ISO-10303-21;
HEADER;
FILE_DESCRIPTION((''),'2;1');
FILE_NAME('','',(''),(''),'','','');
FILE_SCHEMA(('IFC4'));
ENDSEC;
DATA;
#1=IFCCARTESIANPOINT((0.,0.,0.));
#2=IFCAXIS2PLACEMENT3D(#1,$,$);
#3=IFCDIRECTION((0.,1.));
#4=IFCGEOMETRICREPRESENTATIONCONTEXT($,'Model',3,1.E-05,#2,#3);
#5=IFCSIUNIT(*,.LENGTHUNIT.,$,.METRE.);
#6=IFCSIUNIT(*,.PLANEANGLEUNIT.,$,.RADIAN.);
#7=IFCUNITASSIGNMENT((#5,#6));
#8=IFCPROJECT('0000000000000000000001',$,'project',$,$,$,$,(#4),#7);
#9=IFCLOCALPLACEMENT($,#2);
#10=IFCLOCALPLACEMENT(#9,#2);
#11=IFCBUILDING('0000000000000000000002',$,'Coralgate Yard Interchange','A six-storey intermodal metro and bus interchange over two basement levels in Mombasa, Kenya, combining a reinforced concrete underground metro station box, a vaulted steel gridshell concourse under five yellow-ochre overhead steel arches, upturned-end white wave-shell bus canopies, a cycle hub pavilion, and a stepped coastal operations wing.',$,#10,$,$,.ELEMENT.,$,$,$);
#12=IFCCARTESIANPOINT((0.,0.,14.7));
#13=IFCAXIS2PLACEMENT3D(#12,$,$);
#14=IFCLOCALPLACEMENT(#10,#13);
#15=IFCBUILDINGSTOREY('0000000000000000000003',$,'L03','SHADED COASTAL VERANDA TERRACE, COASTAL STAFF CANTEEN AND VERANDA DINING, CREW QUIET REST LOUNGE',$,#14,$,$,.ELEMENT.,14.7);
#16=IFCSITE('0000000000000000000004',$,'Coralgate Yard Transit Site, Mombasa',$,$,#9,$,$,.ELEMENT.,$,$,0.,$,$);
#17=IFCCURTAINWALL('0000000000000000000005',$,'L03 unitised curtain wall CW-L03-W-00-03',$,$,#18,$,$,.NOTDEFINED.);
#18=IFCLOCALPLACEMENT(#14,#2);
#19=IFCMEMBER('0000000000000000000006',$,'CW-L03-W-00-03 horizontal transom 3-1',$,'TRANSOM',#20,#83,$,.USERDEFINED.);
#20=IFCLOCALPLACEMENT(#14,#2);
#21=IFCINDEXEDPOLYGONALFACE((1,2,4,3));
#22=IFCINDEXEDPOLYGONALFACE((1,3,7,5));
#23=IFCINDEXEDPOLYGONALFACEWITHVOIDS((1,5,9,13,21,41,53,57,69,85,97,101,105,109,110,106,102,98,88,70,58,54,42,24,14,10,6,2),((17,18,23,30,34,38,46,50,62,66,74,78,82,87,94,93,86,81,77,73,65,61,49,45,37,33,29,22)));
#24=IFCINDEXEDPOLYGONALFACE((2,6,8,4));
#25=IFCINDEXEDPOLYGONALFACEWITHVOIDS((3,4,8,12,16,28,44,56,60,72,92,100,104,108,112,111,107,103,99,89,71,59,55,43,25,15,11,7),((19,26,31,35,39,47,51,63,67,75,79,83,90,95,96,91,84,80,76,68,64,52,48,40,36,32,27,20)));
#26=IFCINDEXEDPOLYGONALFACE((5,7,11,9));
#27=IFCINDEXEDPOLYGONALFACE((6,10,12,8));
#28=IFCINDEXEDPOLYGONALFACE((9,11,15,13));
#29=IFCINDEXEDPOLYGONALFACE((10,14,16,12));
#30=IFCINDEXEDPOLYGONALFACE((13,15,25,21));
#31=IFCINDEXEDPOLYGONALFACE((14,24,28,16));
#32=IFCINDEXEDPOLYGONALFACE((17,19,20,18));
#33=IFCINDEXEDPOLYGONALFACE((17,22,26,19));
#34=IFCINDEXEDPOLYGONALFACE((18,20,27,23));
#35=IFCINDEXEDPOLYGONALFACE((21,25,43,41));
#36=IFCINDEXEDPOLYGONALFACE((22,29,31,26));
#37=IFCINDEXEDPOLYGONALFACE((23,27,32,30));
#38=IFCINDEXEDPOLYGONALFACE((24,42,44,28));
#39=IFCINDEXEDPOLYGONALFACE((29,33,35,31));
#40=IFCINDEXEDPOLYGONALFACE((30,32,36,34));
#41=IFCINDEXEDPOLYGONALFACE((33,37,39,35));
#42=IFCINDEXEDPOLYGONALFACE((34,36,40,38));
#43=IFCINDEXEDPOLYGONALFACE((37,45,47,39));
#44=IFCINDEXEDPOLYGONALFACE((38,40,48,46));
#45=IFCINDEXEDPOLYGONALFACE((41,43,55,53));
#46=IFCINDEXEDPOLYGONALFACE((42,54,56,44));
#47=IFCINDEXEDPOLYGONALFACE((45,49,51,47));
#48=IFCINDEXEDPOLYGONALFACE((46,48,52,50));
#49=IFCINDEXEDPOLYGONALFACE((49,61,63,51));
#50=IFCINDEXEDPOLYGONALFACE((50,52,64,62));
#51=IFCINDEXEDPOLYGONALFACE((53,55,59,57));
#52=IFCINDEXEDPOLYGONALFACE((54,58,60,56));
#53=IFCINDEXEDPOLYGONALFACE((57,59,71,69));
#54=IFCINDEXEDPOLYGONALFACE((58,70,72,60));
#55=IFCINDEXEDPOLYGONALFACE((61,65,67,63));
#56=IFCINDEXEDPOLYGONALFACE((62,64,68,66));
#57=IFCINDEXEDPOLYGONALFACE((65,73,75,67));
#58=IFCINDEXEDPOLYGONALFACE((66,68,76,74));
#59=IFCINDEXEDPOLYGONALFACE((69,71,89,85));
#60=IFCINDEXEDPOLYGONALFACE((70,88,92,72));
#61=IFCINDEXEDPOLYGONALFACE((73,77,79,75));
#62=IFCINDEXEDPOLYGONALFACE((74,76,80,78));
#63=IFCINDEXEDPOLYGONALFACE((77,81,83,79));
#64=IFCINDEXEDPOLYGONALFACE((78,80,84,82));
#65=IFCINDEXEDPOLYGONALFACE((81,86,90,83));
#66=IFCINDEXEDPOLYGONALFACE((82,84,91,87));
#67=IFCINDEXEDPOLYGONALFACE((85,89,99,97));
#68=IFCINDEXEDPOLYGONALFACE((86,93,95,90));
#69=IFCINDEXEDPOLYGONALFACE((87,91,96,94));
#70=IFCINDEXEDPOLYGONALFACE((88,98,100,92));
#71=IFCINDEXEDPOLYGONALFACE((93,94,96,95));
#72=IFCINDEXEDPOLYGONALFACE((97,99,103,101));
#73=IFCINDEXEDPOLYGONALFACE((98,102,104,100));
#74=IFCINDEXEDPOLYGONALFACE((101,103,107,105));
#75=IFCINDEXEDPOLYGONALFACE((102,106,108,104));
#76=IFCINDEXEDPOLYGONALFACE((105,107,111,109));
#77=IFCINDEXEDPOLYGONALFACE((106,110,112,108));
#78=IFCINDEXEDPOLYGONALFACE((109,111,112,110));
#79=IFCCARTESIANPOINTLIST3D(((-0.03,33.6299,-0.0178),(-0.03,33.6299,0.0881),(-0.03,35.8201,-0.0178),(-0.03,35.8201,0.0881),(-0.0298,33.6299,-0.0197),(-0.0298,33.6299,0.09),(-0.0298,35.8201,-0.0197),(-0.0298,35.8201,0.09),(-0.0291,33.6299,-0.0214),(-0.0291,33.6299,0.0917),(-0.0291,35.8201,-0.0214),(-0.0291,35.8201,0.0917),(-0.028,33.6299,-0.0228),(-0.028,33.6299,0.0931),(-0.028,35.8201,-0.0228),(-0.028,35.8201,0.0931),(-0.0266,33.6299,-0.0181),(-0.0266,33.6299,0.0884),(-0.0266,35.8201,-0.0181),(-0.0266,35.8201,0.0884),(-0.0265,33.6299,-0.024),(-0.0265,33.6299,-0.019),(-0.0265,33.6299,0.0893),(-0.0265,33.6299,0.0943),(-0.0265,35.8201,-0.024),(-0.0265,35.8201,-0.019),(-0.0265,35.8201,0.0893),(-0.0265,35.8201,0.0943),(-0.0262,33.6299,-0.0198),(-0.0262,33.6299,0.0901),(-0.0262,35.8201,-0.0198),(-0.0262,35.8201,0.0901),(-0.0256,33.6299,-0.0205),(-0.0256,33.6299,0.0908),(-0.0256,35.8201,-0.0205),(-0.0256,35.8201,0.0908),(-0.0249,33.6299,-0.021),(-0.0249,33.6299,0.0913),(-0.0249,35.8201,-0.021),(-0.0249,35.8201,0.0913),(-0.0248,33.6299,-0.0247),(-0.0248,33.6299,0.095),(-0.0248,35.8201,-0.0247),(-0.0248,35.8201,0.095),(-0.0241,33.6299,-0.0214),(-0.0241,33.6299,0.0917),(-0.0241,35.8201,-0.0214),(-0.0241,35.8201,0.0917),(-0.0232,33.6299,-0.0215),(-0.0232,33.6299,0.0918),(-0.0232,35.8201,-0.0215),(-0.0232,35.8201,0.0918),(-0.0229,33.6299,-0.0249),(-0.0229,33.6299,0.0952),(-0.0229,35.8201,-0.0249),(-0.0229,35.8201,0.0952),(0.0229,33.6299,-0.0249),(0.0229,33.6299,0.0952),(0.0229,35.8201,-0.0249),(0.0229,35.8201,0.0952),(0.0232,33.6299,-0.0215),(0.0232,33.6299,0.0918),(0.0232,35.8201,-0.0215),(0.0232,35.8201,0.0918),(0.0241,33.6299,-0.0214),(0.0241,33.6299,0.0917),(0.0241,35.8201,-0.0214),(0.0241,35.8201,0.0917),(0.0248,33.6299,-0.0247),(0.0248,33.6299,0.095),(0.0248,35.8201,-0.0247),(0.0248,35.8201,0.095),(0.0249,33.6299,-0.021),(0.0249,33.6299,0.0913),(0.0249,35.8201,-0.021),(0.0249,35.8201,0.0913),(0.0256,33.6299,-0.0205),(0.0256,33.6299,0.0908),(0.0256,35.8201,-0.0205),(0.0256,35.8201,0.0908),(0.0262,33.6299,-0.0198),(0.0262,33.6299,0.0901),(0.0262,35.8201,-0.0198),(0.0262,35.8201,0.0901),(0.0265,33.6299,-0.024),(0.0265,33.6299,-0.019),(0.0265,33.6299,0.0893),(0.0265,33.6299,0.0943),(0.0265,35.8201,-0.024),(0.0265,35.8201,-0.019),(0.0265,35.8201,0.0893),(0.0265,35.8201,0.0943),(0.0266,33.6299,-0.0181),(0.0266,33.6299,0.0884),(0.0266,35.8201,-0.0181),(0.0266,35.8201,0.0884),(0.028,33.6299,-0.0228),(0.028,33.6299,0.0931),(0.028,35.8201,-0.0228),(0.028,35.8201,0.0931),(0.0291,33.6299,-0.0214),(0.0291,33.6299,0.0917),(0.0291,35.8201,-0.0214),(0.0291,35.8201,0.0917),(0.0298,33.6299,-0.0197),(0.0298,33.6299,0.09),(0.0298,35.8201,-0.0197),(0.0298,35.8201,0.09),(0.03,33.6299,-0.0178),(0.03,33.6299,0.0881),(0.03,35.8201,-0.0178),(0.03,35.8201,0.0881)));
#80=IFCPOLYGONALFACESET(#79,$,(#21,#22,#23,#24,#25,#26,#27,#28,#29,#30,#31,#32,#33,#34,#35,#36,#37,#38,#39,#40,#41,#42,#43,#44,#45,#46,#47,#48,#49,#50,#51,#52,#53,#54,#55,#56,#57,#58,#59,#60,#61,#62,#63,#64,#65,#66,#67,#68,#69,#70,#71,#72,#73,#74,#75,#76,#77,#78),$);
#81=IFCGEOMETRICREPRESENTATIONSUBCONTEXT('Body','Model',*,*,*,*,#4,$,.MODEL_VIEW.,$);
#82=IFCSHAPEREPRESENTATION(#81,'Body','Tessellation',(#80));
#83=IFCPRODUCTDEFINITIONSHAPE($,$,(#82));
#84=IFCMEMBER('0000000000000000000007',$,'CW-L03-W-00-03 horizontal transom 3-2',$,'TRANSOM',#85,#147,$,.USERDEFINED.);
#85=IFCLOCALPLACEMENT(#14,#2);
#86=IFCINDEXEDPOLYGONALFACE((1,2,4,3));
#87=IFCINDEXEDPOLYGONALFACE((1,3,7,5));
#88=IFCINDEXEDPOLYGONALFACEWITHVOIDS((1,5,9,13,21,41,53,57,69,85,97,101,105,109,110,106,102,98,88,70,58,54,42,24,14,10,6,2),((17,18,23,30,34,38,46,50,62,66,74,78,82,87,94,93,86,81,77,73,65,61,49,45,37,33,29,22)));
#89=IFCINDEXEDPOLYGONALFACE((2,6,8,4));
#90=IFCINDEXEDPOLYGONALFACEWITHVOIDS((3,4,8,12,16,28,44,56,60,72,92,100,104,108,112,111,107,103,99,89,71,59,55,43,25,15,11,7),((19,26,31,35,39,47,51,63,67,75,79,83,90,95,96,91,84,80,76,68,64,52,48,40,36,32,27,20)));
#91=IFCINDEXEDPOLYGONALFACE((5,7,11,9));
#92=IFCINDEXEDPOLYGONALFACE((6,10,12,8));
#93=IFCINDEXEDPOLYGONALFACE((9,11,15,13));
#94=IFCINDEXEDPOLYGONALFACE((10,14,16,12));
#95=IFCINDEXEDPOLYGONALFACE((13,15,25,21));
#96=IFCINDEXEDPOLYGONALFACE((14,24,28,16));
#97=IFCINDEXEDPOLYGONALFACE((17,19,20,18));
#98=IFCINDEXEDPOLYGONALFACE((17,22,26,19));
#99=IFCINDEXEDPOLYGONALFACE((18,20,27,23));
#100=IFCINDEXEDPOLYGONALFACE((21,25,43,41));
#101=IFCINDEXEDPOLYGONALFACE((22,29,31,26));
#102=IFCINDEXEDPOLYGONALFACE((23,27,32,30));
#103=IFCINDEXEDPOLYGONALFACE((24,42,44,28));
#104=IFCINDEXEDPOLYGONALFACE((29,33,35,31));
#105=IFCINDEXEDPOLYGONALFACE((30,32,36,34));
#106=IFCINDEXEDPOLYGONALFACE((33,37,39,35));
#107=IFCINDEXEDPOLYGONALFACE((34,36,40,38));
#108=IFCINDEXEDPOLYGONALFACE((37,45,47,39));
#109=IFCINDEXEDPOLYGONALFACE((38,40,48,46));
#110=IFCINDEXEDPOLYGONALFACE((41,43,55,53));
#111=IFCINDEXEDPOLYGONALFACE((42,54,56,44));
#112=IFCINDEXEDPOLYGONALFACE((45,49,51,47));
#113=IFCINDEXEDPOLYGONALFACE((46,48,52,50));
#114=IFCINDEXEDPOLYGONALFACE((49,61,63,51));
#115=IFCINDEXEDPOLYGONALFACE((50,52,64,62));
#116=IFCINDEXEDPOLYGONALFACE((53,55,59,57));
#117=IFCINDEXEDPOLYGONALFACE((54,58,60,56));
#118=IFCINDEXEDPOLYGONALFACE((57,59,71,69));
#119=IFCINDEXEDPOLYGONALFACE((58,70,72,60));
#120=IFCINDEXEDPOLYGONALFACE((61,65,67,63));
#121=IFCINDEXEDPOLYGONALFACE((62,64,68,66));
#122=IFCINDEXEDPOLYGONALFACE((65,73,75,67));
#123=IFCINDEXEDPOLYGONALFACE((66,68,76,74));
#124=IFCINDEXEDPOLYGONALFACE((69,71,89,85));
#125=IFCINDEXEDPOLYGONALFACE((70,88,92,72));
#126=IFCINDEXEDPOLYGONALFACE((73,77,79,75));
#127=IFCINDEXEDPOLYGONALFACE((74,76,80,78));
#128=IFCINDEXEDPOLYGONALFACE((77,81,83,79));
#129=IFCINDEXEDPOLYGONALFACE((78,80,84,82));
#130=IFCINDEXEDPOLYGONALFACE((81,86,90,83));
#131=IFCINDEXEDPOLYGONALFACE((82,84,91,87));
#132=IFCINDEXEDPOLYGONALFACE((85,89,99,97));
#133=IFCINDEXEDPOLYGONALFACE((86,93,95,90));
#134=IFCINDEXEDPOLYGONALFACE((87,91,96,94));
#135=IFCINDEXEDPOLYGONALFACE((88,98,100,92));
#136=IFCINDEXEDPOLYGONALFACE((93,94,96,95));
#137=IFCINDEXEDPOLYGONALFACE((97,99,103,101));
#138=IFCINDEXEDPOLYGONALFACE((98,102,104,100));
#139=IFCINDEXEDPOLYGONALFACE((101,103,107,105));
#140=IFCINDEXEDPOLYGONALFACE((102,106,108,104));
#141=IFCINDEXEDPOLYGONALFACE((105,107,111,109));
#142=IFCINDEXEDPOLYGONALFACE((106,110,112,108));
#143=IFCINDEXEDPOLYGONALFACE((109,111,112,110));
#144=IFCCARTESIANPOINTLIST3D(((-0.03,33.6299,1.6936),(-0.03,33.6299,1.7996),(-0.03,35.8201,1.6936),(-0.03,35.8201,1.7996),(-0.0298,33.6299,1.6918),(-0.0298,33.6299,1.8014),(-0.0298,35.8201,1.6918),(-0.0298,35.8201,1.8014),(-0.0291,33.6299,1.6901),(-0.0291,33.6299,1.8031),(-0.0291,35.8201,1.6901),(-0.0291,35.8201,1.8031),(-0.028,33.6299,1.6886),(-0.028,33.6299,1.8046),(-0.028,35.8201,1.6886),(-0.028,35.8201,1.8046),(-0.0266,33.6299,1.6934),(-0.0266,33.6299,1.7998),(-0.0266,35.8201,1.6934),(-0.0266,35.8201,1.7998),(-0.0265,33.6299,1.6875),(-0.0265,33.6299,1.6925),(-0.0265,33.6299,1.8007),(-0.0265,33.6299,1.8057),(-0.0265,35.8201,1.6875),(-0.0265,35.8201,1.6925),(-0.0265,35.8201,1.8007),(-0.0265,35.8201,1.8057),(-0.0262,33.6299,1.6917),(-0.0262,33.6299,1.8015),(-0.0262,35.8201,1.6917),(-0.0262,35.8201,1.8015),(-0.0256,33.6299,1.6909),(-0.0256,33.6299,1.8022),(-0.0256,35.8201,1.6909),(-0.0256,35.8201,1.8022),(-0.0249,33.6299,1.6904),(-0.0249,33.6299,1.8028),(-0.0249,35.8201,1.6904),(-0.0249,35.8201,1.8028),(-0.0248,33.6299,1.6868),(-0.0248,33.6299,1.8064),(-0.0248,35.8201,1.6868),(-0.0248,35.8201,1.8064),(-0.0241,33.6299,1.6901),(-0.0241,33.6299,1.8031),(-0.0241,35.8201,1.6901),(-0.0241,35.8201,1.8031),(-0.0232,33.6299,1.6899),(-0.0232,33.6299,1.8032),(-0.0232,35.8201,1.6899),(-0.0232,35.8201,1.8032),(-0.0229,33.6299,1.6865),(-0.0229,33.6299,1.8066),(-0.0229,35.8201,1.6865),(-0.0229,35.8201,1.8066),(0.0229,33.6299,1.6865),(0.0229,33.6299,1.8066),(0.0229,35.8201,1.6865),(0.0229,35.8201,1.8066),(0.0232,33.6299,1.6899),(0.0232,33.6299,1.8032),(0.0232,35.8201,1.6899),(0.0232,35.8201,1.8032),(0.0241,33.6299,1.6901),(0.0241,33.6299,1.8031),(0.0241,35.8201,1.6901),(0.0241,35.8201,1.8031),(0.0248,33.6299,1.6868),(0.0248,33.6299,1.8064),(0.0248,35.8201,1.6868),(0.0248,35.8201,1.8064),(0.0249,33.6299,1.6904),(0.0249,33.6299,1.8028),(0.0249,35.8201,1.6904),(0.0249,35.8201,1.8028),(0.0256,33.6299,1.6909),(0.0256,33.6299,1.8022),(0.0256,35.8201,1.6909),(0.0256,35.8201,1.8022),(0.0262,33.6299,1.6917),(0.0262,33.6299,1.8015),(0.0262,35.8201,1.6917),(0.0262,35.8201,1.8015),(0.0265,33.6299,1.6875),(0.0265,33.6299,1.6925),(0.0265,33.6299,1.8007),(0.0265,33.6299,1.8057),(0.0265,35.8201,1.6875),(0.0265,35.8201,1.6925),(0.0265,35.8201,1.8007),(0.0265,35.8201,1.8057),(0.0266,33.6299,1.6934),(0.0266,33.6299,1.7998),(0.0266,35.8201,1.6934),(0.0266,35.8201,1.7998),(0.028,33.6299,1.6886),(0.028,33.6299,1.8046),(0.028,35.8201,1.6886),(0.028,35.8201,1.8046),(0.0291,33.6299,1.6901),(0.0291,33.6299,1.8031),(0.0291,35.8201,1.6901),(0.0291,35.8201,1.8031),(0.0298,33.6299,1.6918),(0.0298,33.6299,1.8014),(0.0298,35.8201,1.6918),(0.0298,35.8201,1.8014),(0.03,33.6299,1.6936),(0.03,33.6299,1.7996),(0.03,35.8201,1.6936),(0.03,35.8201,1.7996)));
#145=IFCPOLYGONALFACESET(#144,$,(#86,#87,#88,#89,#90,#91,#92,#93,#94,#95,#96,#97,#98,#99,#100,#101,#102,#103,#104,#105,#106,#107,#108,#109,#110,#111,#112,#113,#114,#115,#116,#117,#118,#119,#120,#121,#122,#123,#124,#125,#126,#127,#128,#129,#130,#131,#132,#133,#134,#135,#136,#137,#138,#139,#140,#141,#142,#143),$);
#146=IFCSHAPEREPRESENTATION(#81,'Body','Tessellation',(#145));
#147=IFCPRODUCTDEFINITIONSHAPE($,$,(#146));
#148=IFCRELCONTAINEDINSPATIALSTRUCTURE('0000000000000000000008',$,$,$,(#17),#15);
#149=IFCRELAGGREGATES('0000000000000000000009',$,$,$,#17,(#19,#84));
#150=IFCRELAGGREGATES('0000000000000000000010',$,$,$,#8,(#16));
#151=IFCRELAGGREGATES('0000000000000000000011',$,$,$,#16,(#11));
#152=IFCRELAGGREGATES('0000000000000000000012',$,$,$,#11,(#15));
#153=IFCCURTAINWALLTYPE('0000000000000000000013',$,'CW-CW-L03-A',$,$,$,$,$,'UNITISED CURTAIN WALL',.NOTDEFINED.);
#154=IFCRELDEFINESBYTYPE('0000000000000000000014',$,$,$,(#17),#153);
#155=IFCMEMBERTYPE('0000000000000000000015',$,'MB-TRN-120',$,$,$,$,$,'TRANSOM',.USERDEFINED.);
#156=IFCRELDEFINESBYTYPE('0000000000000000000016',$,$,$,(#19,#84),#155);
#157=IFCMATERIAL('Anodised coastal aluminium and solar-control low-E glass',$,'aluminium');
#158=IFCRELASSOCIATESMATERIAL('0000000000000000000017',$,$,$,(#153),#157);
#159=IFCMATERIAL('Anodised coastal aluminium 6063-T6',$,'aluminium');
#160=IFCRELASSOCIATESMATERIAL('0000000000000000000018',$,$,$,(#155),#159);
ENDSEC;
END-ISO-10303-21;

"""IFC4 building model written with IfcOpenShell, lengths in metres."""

from ifc_helpers import new_model, si_unit, direction, frame, origin, origin_2d, place, context, subcontext, project, spatial, hollow_rectangle, extrude, material, material_profile, profile_set, type_object, element, aggregate, save


model = new_model("IFC4")

# Units and contexts
model_context = context("Model", 3, precision=1e-05, world=origin(), true_north=direction((0.0, 1.0)))
body_context = subcontext(model_context, "Body", "Model", "MODEL_VIEW")
ifc_project = project(units=[si_unit("LENGTHUNIT", "METRE"), si_unit("PLANEANGLEUNIT", "RADIAN")], contexts=[model_context])

# Site, building, storey
site_placement = place(None, origin())
site = spatial("IfcSite", under=ifc_project, at=site_placement, Name="Coralgate Yard Transit Site, Mombasa", CompositionType="ELEMENT", RefElevation=0.0)
building_placement = place(site_placement, origin())
building = spatial("IfcBuilding", under=site, at=building_placement, Name="Coralgate Yard Interchange", Description="A six-storey intermodal metro and bus interchange over two basement levels in Mombasa, Kenya, combining a reinforced concrete underground metro station box, a vaulted steel gridshell concourse under five yellow-ochre overhead steel arches, upturned-end white wave-shell bus canopies, a cycle hub pavilion, and a stepped coastal operations wing.", CompositionType="ELEMENT")
storey_placement = place(building_placement, frame((0.0, 0.0, 14.7)))
storey = spatial("IfcBuildingStorey", under=building, at=storey_placement, Name="L03", Description="SHADED COASTAL VERANDA TERRACE, COASTAL STAFF CANTEEN AND VERANDA DINING, CREW QUIET REST LOUNGE", CompositionType="ELEMENT", Elevation=14.7)

# Curtain wall, members
ifc_material_1 = material(Name="Anodised coastal aluminium and solar-control low-E glass", Category="aluminium")
curtain_wall_type = type_object("IfcCurtainWallType", Name="CW-CW-L03-A", ElementType="UNITISED CURTAIN WALL", PredefinedType="NOTDEFINED", material=ifc_material_1)
curtain_wall_placement = place(storey_placement, origin())
curtain_wall = element("IfcCurtainWall", 1, at=curtain_wall_placement, inside=storey, type_object=curtain_wall_type, Name="L03 unitised curtain wall CW-L03-W-00-03", PredefinedType="NOTDEFINED")
ifc_material_2 = material(Name="Anodised coastal aluminium 6063-T6", Category="aluminium")
ifc_material_profile_1 = material_profile(ifc_material_2, hollow_rectangle(XDim=0.0601, YDim=0.1201, WallThickness=0.0034, InnerFilletRadius=0.0034, OuterFilletRadius=0.0071, at=origin_2d()), Name="ALU 60x120x3.5")
ifc_profile_set_1 = profile_set([ifc_material_profile_1], Name="Anodised coastal aluminium 6063-T6")
member_type_1 = type_object("IfcMemberType", Name="MB-TRN-120", ElementType="TRANSOM", PredefinedType="USERDEFINED", material=ifc_profile_set_1)
member_1_placement = place(storey_placement, frame((0.0, 33.6299, 0.0352), z_axis=(0.0, 1.0, 0.0), x_axis=(-1.0, 0.0, 0.0)))
member_1 = element("IfcMember", 2, at=member_1_placement, type_object=member_type_1, Name="CW-L03-W-00-03 horizontal transom 3-1", ObjectType="TRANSOM", PredefinedType="USERDEFINED", context=body_context, shape_type="SweptSolid", body=[
    extrude(hollow_rectangle(XDim=0.0601, YDim=0.1201, WallThickness=0.0034, InnerFilletRadius=0.0034, OuterFilletRadius=0.0071, at=origin_2d()), origin(), (0.0, 0.0, 1.0), 2.1902),
])
member_2_placement = place(storey_placement, frame((0.0, 33.6299, 1.7466), z_axis=(0.0, 1.0, 0.0), x_axis=(-1.0, 0.0, 0.0)))
member_2 = element("IfcMember", 3, at=member_2_placement, type_object=member_type_1, Name="CW-L03-W-00-03 horizontal transom 3-2", ObjectType="TRANSOM", PredefinedType="USERDEFINED", context=body_context, shape_type="SweptSolid", body=[
    extrude(hollow_rectangle(XDim=0.0601, YDim=0.1201, WallThickness=0.0034, InnerFilletRadius=0.0034, OuterFilletRadius=0.0071, at=origin_2d()), origin(), (0.0, 0.0, 1.0), 2.1902),
])
aggregate(curtain_wall, [member_1, member_2])

save(model, "model.ifc")
